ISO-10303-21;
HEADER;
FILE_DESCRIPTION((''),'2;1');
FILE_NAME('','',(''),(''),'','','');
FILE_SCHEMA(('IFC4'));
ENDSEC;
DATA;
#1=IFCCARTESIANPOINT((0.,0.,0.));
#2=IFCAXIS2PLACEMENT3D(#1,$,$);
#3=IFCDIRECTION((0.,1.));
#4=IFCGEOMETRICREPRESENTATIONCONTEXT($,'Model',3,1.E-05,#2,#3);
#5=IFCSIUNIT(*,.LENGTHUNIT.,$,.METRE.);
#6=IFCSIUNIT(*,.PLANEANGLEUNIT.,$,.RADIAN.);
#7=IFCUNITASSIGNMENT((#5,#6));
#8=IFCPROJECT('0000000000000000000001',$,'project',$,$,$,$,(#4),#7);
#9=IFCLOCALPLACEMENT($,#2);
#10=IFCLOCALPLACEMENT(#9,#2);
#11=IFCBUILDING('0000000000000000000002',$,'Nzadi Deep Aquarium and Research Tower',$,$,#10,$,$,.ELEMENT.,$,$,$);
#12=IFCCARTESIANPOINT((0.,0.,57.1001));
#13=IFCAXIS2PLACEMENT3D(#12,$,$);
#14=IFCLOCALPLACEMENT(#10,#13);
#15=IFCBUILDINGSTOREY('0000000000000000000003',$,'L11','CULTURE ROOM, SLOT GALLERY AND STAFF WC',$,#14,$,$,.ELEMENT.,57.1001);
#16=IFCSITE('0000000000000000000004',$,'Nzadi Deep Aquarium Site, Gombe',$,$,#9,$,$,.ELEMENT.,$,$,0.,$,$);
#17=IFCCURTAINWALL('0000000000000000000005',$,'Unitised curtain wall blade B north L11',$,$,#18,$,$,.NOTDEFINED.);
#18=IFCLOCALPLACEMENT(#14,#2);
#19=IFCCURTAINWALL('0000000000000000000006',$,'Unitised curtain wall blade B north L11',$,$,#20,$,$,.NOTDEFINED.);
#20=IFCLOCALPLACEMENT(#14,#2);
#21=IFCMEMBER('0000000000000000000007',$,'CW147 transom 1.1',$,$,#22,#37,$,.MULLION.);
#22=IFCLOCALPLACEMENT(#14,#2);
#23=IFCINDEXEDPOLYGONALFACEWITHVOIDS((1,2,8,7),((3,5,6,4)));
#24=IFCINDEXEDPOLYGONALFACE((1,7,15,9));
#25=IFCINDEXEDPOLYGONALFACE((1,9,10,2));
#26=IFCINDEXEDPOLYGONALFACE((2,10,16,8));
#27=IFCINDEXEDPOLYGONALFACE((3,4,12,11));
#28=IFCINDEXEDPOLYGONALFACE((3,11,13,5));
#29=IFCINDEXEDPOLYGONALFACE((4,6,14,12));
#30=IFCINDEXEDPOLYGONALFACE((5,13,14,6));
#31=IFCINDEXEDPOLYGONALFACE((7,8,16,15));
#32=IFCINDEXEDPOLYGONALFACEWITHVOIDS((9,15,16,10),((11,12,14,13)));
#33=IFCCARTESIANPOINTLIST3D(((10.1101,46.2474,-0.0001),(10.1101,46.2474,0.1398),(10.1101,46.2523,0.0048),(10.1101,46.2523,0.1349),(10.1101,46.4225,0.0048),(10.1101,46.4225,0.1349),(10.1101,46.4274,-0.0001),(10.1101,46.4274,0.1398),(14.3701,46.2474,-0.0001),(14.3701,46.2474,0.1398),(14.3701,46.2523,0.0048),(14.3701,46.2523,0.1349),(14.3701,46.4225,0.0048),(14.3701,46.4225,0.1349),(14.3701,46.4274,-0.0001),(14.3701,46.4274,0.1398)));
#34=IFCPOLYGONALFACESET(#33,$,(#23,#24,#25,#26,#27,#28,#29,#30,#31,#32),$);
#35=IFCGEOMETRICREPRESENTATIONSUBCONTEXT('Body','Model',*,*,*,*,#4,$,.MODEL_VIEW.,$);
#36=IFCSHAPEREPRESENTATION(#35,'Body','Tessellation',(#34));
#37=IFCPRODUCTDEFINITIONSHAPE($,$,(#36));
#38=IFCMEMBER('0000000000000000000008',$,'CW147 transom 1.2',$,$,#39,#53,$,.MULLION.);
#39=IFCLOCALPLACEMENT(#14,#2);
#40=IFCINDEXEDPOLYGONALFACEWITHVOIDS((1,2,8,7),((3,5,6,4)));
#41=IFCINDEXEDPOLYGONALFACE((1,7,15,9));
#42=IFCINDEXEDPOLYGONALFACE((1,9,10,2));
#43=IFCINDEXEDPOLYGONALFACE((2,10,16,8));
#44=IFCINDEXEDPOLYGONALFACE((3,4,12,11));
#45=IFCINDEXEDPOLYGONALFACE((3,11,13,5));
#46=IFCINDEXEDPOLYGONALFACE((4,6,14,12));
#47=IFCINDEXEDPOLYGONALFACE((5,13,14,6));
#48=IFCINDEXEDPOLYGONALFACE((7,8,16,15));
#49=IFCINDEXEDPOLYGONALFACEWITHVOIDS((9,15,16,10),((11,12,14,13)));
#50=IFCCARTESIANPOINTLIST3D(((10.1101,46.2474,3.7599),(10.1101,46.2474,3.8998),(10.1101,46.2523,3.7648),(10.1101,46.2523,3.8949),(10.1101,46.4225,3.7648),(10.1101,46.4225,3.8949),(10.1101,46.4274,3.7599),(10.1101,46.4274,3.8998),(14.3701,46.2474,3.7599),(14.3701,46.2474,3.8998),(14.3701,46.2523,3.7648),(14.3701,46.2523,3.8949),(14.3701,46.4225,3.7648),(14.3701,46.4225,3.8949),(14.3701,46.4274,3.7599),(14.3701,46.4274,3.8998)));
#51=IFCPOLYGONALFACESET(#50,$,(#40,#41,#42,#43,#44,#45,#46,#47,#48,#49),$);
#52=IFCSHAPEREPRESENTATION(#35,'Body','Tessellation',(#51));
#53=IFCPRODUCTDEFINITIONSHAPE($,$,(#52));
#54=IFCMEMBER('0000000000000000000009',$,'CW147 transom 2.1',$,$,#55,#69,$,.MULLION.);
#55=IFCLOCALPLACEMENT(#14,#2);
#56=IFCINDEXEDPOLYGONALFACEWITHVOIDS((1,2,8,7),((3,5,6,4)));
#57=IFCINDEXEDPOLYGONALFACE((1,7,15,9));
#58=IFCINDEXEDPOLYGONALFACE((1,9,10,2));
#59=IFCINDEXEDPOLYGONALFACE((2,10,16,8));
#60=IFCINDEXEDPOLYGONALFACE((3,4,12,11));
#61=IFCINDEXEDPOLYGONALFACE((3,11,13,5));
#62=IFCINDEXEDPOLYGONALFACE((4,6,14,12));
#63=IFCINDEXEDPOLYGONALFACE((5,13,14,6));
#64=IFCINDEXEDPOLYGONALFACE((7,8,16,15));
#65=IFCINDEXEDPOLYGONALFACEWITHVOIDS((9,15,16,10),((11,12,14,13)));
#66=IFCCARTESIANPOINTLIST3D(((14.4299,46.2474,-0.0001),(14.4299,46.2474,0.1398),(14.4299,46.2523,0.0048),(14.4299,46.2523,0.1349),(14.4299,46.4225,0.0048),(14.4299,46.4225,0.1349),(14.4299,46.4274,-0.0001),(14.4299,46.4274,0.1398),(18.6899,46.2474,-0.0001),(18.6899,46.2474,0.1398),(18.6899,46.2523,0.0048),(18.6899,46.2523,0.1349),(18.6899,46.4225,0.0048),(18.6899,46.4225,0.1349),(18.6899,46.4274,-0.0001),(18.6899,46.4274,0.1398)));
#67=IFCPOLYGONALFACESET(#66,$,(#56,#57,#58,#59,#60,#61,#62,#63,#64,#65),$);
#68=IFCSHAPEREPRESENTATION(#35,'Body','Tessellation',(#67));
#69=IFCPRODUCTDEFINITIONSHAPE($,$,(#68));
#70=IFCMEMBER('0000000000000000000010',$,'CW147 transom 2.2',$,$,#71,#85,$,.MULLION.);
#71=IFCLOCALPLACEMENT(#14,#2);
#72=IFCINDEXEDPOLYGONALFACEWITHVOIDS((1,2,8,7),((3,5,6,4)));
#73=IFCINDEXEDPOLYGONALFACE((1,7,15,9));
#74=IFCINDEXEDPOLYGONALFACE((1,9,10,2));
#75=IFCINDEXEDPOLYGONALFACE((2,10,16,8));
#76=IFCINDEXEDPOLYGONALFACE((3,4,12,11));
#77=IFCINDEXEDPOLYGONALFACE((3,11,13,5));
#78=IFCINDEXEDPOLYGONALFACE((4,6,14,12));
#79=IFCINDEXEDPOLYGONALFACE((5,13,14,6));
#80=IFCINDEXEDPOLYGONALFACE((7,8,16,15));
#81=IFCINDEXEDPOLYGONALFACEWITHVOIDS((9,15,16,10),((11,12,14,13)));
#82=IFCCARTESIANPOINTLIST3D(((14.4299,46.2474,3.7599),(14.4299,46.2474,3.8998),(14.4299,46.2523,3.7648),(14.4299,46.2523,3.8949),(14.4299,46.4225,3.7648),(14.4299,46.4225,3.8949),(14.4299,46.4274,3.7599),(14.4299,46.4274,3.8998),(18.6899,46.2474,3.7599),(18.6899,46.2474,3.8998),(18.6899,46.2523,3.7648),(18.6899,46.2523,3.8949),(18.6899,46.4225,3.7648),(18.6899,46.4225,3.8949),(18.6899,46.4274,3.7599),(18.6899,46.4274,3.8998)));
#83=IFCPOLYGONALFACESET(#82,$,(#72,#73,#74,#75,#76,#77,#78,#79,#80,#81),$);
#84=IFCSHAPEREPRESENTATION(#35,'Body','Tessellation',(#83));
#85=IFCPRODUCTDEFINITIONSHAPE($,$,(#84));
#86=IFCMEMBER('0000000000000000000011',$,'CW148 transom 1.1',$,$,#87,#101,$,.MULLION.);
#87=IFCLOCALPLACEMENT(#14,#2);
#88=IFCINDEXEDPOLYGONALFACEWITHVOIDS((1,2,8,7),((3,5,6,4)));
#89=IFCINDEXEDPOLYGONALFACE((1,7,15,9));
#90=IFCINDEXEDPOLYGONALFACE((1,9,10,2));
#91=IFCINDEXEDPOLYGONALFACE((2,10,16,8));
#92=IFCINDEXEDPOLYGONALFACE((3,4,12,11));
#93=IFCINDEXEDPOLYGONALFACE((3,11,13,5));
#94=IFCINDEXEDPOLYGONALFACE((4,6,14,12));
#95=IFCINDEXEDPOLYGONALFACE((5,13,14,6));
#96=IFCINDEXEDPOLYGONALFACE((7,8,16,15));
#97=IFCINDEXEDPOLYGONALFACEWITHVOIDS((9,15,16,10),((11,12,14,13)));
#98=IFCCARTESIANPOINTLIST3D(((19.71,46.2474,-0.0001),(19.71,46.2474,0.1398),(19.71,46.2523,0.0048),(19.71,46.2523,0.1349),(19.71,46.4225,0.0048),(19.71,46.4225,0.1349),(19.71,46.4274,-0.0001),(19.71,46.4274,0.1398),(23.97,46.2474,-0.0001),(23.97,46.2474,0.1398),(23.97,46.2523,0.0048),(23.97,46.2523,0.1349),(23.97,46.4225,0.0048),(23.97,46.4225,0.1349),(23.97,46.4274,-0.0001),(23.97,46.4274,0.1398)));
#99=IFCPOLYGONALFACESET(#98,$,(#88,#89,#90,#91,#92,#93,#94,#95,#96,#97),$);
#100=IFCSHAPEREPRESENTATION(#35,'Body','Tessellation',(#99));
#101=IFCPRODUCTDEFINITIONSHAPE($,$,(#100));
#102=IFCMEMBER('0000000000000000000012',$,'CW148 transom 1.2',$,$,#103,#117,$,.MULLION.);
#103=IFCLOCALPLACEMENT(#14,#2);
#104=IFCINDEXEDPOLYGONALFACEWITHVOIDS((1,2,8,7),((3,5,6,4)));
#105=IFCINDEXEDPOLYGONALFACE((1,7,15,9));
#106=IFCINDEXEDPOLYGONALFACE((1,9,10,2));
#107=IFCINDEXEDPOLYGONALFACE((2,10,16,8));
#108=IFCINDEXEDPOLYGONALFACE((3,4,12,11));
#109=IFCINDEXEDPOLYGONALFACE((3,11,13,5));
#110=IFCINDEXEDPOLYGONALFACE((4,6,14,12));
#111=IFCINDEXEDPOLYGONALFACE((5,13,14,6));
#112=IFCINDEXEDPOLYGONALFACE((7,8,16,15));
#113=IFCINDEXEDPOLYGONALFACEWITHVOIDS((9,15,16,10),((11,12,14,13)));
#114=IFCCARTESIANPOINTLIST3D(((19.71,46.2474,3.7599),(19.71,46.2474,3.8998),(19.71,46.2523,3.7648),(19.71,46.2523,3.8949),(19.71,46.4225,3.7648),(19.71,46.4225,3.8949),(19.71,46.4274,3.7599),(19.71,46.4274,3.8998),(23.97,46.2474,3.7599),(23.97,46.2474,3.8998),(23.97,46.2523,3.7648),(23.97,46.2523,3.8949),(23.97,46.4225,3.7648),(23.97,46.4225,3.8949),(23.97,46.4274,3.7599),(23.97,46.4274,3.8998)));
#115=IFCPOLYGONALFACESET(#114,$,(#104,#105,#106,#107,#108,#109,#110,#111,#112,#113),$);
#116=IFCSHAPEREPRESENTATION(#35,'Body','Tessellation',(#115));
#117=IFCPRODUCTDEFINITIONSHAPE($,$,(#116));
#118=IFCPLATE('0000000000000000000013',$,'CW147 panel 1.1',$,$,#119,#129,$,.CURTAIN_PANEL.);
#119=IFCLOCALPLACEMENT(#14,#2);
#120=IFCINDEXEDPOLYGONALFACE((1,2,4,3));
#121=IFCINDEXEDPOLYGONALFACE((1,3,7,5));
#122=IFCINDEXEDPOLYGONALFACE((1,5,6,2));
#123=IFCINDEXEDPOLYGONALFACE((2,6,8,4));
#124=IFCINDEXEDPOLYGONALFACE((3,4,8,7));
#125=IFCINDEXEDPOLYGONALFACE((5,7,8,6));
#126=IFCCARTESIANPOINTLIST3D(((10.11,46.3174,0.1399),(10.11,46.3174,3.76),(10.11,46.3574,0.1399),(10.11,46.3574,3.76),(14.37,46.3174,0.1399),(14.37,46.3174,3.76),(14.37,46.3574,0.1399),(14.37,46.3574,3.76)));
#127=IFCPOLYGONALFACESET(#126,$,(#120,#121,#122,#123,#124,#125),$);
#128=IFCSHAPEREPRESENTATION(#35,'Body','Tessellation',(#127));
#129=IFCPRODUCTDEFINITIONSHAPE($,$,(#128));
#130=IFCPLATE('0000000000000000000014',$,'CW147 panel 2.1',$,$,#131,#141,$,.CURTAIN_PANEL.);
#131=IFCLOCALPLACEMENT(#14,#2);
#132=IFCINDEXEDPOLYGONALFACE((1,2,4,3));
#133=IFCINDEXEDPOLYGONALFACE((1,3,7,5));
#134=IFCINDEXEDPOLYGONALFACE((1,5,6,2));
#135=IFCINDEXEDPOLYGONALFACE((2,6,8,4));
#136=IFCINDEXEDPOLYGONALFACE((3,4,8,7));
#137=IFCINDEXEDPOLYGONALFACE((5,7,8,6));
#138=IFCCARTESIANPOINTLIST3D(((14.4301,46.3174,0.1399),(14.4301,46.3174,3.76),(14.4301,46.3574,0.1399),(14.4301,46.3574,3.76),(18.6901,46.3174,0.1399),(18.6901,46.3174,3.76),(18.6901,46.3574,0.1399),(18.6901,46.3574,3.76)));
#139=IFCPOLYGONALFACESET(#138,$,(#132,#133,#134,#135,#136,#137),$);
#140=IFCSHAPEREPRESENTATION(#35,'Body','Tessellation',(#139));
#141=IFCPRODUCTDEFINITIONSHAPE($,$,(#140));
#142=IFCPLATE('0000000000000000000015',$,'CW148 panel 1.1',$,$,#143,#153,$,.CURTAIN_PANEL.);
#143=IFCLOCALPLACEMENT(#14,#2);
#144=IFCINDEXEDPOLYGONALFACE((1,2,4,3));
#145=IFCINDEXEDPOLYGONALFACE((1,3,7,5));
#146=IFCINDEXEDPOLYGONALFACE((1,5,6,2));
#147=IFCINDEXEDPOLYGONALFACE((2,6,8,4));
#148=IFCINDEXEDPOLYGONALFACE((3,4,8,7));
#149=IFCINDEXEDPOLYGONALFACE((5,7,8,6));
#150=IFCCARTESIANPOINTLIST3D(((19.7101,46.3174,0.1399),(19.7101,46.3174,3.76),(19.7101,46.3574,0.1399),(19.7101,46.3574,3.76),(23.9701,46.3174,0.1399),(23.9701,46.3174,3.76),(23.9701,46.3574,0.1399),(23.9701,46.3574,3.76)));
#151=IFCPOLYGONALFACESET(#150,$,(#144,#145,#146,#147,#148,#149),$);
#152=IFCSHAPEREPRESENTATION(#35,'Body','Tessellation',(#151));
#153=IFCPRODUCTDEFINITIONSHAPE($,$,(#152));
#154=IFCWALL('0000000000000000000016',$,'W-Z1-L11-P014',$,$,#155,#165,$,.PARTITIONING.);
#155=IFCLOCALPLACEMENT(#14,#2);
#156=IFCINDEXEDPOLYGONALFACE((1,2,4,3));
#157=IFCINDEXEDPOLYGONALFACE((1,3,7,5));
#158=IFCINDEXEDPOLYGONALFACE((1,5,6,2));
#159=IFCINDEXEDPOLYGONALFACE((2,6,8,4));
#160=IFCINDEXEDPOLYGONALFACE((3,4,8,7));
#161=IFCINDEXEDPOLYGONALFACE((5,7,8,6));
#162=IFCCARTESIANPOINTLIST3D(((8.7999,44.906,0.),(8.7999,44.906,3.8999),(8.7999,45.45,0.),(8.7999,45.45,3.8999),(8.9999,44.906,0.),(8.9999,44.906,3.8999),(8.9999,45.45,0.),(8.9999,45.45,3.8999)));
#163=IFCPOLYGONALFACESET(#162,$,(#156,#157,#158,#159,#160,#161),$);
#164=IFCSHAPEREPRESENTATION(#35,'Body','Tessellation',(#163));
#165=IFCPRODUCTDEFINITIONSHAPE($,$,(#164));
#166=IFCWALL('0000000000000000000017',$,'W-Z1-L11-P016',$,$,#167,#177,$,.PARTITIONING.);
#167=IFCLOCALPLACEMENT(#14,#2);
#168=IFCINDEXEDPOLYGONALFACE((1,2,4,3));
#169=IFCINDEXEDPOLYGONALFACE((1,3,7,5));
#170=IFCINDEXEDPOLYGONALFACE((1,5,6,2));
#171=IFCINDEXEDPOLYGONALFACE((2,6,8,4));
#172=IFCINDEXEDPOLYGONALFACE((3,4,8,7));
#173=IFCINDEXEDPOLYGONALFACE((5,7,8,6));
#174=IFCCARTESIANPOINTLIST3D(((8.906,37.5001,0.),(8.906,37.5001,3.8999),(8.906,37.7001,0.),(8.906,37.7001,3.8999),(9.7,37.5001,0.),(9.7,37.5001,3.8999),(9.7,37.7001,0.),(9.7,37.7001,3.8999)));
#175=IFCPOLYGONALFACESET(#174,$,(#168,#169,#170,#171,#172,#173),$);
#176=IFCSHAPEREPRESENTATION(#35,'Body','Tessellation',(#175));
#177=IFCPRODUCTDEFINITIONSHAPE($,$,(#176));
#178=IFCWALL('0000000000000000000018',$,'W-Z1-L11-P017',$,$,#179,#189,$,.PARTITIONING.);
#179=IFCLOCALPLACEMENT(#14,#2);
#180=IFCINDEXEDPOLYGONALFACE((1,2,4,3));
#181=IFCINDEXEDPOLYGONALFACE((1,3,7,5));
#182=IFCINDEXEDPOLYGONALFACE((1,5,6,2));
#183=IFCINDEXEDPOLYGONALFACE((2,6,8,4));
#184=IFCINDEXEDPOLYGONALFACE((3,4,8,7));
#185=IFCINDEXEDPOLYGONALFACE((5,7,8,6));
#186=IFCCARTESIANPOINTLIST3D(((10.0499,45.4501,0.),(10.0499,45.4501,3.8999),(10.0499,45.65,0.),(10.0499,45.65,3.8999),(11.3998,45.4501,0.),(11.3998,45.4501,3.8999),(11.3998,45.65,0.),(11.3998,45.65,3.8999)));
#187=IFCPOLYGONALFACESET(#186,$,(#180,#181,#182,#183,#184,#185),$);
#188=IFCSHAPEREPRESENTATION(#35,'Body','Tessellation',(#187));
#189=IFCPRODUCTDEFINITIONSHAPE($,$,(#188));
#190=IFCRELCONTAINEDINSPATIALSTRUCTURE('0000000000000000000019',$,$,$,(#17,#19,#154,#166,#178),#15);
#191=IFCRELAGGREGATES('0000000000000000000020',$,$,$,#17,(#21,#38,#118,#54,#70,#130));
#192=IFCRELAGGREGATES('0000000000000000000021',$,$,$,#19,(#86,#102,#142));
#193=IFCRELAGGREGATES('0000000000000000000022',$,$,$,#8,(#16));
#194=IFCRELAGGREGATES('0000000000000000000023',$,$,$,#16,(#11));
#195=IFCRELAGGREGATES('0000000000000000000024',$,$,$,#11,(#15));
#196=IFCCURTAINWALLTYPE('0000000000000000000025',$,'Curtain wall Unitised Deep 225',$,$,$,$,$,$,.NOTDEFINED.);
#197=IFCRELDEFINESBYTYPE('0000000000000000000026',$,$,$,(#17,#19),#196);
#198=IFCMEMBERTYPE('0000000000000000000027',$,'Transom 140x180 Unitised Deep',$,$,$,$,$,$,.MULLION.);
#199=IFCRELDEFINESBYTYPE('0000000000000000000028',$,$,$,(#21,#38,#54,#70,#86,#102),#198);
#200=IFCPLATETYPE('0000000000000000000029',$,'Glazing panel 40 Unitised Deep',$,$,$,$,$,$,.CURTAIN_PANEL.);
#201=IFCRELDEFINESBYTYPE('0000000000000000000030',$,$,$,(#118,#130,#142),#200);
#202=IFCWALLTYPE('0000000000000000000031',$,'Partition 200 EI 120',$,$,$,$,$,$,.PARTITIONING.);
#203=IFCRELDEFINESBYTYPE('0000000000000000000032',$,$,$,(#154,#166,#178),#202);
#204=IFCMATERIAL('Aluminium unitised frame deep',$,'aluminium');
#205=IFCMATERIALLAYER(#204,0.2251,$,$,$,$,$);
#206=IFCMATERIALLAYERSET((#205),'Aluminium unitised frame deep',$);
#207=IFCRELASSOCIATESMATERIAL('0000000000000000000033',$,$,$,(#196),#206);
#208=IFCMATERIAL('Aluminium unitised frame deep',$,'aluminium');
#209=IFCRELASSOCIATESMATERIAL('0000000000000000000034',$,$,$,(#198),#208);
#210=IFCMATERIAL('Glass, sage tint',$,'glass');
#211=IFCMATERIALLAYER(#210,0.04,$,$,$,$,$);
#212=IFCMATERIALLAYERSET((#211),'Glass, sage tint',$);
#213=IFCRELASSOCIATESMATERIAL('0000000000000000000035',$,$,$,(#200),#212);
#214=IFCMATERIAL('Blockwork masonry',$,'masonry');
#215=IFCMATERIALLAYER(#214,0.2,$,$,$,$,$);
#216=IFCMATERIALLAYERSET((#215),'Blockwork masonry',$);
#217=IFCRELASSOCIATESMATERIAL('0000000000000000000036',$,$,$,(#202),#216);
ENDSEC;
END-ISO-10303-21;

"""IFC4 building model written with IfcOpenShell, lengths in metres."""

from ifc_helpers import new_model, si_unit, direction, frame, frame_2d, origin, origin_2d, place, context, subcontext, project, spatial, rectangle, hollow_rectangle, extrude, material, layer, layer_set, material_profile, profile_set, type_object, element, aggregate, save


model = new_model("IFC4")

# Units and contexts
model_context = context("Model", 3, precision=1e-05, world=origin(), true_north=direction((0.0, 1.0)))
body_context = subcontext(model_context, "Body", "Model", "MODEL_VIEW")
ifc_project = project(units=[si_unit("LENGTHUNIT", "METRE"), si_unit("PLANEANGLEUNIT", "RADIAN")], contexts=[model_context])

# Site, building, storey
site_placement = place(None, origin())
site = spatial("IfcSite", under=ifc_project, at=site_placement, Name="Nzadi Deep Aquarium Site, Gombe", CompositionType="ELEMENT", RefElevation=0.0)
building_placement = place(site_placement, origin())
building = spatial("IfcBuilding", under=site, at=building_placement, Name="Nzadi Deep Aquarium and Research Tower", CompositionType="ELEMENT")
storey_placement = place(building_placement, frame((0.0, 0.0, 57.1001)))
storey = spatial("IfcBuildingStorey", under=building, at=storey_placement, Name="L11", Description="CULTURE ROOM, SLOT GALLERY AND STAFF WC", CompositionType="ELEMENT", Elevation=57.1001)

# Shared definitions
ifc_material_1 = material(Name="Aluminium unitised frame deep", Category="aluminium")
ifc_layer_1 = layer(ifc_material_1, 0.2251)
ifc_layer_set_1 = layer_set([ifc_layer_1], Name="Aluminium unitised frame deep")
curtain_wall_type = type_object("IfcCurtainWallType", Name="Curtain wall Unitised Deep 225", PredefinedType="NOTDEFINED", material=ifc_layer_set_1)

# Curtain wall
curtain_wall_1_placement = place(storey_placement, origin())
curtain_wall_1 = element("IfcCurtainWall", 1, at=curtain_wall_1_placement, inside=storey, type_object=curtain_wall_type, Name="Unitised curtain wall blade B north L11", PredefinedType="NOTDEFINED")

# Curtain wall
curtain_wall_2_placement = place(storey_placement, origin())
curtain_wall_2 = element("IfcCurtainWall", 2, at=curtain_wall_2_placement, inside=storey, type_object=curtain_wall_type, Name="Unitised curtain wall blade B north L11", PredefinedType="NOTDEFINED")

# Members
ifc_material_2 = material(Name="Aluminium unitised frame deep", Category="aluminium")
ifc_material_profile_1 = material_profile(ifc_material_2, hollow_rectangle(XDim=0.1799, YDim=0.1399, WallThickness=0.0049, at=origin_2d()))
ifc_profile_set_1 = profile_set([ifc_material_profile_1], Name="Aluminium unitised frame deep")
member_type_1 = type_object("IfcMemberType", Name="Transom 140x180 Unitised Deep", PredefinedType="MULLION", material=ifc_profile_set_1)
member_1_placement = place(storey_placement, frame((10.1101, 46.3374, 0.0698), z_axis=(1.0, 0.0, 0.0), x_axis=(0.0, 1.0, 0.0)))
member_1 = element("IfcMember", 3, at=member_1_placement, type_object=member_type_1, Name="CW147 transom 1.1", PredefinedType="MULLION", context=body_context, shape_type="SweptSolid", body=[
    extrude(hollow_rectangle(XDim=0.1799, YDim=0.1399, WallThickness=0.0049, at=origin_2d()), origin(), (0.0, 0.0, 1.0), 4.26),
])
member_2_placement = place(storey_placement, frame((10.1101, 46.3374, 3.8298), z_axis=(1.0, 0.0, 0.0), x_axis=(0.0, 1.0, 0.0)))
member_2 = element("IfcMember", 4, at=member_2_placement, type_object=member_type_1, Name="CW147 transom 1.2", PredefinedType="MULLION", context=body_context, shape_type="SweptSolid", body=[
    extrude(hollow_rectangle(XDim=0.1799, YDim=0.1399, WallThickness=0.0049, at=origin_2d()), origin(), (0.0, 0.0, 1.0), 4.26),
])
member_3_placement = place(storey_placement, frame((14.4299, 46.3374, 0.0698), z_axis=(1.0, 0.0, 0.0), x_axis=(0.0, 1.0, 0.0)))
member_3 = element("IfcMember", 5, at=member_3_placement, type_object=member_type_1, Name="CW147 transom 2.1", PredefinedType="MULLION", context=body_context, shape_type="SweptSolid", body=[
    extrude(hollow_rectangle(XDim=0.1799, YDim=0.1399, WallThickness=0.0049, at=origin_2d()), origin(), (0.0, 0.0, 1.0), 4.26),
])
member_4_placement = place(storey_placement, frame((14.4299, 46.3374, 3.8298), z_axis=(1.0, 0.0, 0.0), x_axis=(0.0, 1.0, 0.0)))
member_4 = element("IfcMember", 6, at=member_4_placement, type_object=member_type_1, Name="CW147 transom 2.2", PredefinedType="MULLION", context=body_context, shape_type="SweptSolid", body=[
    extrude(hollow_rectangle(XDim=0.1799, YDim=0.1399, WallThickness=0.0049, at=origin_2d()), origin(), (0.0, 0.0, 1.0), 4.26),
])
member_5_placement = place(storey_placement, frame((19.71, 46.3374, 0.0698), z_axis=(1.0, 0.0, 0.0), x_axis=(0.0, 1.0, 0.0)))
member_5 = element("IfcMember", 7, at=member_5_placement, type_object=member_type_1, Name="CW148 transom 1.1", PredefinedType="MULLION", context=body_context, shape_type="SweptSolid", body=[
    extrude(hollow_rectangle(XDim=0.1799, YDim=0.1399, WallThickness=0.0049, at=origin_2d()), origin(), (0.0, 0.0, 1.0), 4.26),
])
member_6_placement = place(storey_placement, frame((19.71, 46.3374, 3.8298), z_axis=(1.0, 0.0, 0.0), x_axis=(0.0, 1.0, 0.0)))
member_6 = element("IfcMember", 8, at=member_6_placement, type_object=member_type_1, Name="CW148 transom 1.2", PredefinedType="MULLION", context=body_context, shape_type="SweptSolid", body=[
    extrude(hollow_rectangle(XDim=0.1799, YDim=0.1399, WallThickness=0.0049, at=origin_2d()), origin(), (0.0, 0.0, 1.0), 4.26),
])

# Plates
ifc_material_3 = material(Name="Glass, sage tint", Category="glass")
ifc_layer_2 = layer(ifc_material_3, 0.04)
ifc_layer_set_2 = layer_set([ifc_layer_2], Name="Glass, sage tint")
plate_type = type_object("IfcPlateType", Name="Glazing panel 40 Unitised Deep", PredefinedType="CURTAIN_PANEL", material=ifc_layer_set_2)
plate_1_placement = place(storey_placement, frame((12.24, 46.3374, 0.1399), z_axis=(0.0, 0.0, 1.0), x_axis=(1.0, 0.0, 0.0)))
plate_1 = element("IfcPlate", 9, at=plate_1_placement, type_object=plate_type, Name="CW147 panel 1.1", PredefinedType="CURTAIN_PANEL", context=body_context, shape_type="SweptSolid", body=[
    extrude(rectangle(XDim=4.26, YDim=0.04, at=origin_2d()), origin(), (0.0, 0.0, 1.0), 3.6201),
])
plate_2_placement = place(storey_placement, frame((16.5601, 46.3374, 0.1399), z_axis=(0.0, 0.0, 1.0), x_axis=(1.0, 0.0, 0.0)))
plate_2 = element("IfcPlate", 10, at=plate_2_placement, type_object=plate_type, Name="CW147 panel 2.1", PredefinedType="CURTAIN_PANEL", context=body_context, shape_type="SweptSolid", body=[
    extrude(rectangle(XDim=4.26, YDim=0.04, at=origin_2d()), origin(), (0.0, 0.0, 1.0), 3.6201),
])
aggregate(curtain_wall_1, [member_1, member_2, plate_1, member_3, member_4, plate_2])
plate_3_placement = place(storey_placement, frame((21.8401, 46.3374, 0.1399), z_axis=(0.0, 0.0, 1.0), x_axis=(1.0, 0.0, 0.0)))
plate_3 = element("IfcPlate", 11, at=plate_3_placement, type_object=plate_type, Name="CW148 panel 1.1", PredefinedType="CURTAIN_PANEL", context=body_context, shape_type="SweptSolid", body=[
    extrude(rectangle(XDim=4.26, YDim=0.04, at=origin_2d()), origin(), (0.0, 0.0, 1.0), 3.6201),
])
aggregate(curtain_wall_2, [member_5, member_6, plate_3])

# Walls
ifc_material_4 = material(Name="Blockwork masonry", Category="masonry")
ifc_layer_3 = layer(ifc_material_4, 0.2)
ifc_layer_set_3 = layer_set([ifc_layer_3], Name="Blockwork masonry")
wall_type = type_object("IfcWallType", Name="Partition 200 EI 120", PredefinedType="PARTITIONING", material=ifc_layer_set_3)
wall_1_placement = place(storey_placement, frame((8.8999, 44.906, 0.0), z_axis=(0.0, 0.0, 1.0), x_axis=(0.0, 1.0, 0.0)))
element("IfcWall", 12, at=wall_1_placement, inside=storey, type_object=wall_type, Name="W-Z1-L11-P014", PredefinedType="PARTITIONING", context=body_context, shape_type="SweptSolid", body=[
    extrude(rectangle(XDim=0.5439, YDim=0.2, at=frame_2d((0.272, 0.0))), origin(), (0.0, 0.0, 1.0), 3.8999),
])
wall_2_placement = place(storey_placement, frame((8.906, 37.6001, 0.0), z_axis=(0.0, 0.0, 1.0), x_axis=(1.0, 0.0, 0.0)))
element("IfcWall", 13, at=wall_2_placement, inside=storey, type_object=wall_type, Name="W-Z1-L11-P016", PredefinedType="PARTITIONING", context=body_context, shape_type="SweptSolid", body=[
    extrude(rectangle(XDim=0.7939, YDim=0.2, at=frame_2d((0.397, 0.0))), origin(), (0.0, 0.0, 1.0), 3.8999),
])
wall_3_placement = place(storey_placement, frame((10.05, 45.55, 0.0), z_axis=(0.0, 0.0, 1.0), x_axis=(1.0, 0.0, 0.0)))
element("IfcWall", 14, at=wall_3_placement, inside=storey, type_object=wall_type, Name="W-Z1-L11-P017", PredefinedType="PARTITIONING", context=body_context, shape_type="SweptSolid", body=[
    extrude(rectangle(XDim=1.3499, YDim=0.2, at=frame_2d((0.6748, 0.0))), origin(), (0.0, 0.0, 1.0), 3.8999),
])

save(model, "model.ifc")
